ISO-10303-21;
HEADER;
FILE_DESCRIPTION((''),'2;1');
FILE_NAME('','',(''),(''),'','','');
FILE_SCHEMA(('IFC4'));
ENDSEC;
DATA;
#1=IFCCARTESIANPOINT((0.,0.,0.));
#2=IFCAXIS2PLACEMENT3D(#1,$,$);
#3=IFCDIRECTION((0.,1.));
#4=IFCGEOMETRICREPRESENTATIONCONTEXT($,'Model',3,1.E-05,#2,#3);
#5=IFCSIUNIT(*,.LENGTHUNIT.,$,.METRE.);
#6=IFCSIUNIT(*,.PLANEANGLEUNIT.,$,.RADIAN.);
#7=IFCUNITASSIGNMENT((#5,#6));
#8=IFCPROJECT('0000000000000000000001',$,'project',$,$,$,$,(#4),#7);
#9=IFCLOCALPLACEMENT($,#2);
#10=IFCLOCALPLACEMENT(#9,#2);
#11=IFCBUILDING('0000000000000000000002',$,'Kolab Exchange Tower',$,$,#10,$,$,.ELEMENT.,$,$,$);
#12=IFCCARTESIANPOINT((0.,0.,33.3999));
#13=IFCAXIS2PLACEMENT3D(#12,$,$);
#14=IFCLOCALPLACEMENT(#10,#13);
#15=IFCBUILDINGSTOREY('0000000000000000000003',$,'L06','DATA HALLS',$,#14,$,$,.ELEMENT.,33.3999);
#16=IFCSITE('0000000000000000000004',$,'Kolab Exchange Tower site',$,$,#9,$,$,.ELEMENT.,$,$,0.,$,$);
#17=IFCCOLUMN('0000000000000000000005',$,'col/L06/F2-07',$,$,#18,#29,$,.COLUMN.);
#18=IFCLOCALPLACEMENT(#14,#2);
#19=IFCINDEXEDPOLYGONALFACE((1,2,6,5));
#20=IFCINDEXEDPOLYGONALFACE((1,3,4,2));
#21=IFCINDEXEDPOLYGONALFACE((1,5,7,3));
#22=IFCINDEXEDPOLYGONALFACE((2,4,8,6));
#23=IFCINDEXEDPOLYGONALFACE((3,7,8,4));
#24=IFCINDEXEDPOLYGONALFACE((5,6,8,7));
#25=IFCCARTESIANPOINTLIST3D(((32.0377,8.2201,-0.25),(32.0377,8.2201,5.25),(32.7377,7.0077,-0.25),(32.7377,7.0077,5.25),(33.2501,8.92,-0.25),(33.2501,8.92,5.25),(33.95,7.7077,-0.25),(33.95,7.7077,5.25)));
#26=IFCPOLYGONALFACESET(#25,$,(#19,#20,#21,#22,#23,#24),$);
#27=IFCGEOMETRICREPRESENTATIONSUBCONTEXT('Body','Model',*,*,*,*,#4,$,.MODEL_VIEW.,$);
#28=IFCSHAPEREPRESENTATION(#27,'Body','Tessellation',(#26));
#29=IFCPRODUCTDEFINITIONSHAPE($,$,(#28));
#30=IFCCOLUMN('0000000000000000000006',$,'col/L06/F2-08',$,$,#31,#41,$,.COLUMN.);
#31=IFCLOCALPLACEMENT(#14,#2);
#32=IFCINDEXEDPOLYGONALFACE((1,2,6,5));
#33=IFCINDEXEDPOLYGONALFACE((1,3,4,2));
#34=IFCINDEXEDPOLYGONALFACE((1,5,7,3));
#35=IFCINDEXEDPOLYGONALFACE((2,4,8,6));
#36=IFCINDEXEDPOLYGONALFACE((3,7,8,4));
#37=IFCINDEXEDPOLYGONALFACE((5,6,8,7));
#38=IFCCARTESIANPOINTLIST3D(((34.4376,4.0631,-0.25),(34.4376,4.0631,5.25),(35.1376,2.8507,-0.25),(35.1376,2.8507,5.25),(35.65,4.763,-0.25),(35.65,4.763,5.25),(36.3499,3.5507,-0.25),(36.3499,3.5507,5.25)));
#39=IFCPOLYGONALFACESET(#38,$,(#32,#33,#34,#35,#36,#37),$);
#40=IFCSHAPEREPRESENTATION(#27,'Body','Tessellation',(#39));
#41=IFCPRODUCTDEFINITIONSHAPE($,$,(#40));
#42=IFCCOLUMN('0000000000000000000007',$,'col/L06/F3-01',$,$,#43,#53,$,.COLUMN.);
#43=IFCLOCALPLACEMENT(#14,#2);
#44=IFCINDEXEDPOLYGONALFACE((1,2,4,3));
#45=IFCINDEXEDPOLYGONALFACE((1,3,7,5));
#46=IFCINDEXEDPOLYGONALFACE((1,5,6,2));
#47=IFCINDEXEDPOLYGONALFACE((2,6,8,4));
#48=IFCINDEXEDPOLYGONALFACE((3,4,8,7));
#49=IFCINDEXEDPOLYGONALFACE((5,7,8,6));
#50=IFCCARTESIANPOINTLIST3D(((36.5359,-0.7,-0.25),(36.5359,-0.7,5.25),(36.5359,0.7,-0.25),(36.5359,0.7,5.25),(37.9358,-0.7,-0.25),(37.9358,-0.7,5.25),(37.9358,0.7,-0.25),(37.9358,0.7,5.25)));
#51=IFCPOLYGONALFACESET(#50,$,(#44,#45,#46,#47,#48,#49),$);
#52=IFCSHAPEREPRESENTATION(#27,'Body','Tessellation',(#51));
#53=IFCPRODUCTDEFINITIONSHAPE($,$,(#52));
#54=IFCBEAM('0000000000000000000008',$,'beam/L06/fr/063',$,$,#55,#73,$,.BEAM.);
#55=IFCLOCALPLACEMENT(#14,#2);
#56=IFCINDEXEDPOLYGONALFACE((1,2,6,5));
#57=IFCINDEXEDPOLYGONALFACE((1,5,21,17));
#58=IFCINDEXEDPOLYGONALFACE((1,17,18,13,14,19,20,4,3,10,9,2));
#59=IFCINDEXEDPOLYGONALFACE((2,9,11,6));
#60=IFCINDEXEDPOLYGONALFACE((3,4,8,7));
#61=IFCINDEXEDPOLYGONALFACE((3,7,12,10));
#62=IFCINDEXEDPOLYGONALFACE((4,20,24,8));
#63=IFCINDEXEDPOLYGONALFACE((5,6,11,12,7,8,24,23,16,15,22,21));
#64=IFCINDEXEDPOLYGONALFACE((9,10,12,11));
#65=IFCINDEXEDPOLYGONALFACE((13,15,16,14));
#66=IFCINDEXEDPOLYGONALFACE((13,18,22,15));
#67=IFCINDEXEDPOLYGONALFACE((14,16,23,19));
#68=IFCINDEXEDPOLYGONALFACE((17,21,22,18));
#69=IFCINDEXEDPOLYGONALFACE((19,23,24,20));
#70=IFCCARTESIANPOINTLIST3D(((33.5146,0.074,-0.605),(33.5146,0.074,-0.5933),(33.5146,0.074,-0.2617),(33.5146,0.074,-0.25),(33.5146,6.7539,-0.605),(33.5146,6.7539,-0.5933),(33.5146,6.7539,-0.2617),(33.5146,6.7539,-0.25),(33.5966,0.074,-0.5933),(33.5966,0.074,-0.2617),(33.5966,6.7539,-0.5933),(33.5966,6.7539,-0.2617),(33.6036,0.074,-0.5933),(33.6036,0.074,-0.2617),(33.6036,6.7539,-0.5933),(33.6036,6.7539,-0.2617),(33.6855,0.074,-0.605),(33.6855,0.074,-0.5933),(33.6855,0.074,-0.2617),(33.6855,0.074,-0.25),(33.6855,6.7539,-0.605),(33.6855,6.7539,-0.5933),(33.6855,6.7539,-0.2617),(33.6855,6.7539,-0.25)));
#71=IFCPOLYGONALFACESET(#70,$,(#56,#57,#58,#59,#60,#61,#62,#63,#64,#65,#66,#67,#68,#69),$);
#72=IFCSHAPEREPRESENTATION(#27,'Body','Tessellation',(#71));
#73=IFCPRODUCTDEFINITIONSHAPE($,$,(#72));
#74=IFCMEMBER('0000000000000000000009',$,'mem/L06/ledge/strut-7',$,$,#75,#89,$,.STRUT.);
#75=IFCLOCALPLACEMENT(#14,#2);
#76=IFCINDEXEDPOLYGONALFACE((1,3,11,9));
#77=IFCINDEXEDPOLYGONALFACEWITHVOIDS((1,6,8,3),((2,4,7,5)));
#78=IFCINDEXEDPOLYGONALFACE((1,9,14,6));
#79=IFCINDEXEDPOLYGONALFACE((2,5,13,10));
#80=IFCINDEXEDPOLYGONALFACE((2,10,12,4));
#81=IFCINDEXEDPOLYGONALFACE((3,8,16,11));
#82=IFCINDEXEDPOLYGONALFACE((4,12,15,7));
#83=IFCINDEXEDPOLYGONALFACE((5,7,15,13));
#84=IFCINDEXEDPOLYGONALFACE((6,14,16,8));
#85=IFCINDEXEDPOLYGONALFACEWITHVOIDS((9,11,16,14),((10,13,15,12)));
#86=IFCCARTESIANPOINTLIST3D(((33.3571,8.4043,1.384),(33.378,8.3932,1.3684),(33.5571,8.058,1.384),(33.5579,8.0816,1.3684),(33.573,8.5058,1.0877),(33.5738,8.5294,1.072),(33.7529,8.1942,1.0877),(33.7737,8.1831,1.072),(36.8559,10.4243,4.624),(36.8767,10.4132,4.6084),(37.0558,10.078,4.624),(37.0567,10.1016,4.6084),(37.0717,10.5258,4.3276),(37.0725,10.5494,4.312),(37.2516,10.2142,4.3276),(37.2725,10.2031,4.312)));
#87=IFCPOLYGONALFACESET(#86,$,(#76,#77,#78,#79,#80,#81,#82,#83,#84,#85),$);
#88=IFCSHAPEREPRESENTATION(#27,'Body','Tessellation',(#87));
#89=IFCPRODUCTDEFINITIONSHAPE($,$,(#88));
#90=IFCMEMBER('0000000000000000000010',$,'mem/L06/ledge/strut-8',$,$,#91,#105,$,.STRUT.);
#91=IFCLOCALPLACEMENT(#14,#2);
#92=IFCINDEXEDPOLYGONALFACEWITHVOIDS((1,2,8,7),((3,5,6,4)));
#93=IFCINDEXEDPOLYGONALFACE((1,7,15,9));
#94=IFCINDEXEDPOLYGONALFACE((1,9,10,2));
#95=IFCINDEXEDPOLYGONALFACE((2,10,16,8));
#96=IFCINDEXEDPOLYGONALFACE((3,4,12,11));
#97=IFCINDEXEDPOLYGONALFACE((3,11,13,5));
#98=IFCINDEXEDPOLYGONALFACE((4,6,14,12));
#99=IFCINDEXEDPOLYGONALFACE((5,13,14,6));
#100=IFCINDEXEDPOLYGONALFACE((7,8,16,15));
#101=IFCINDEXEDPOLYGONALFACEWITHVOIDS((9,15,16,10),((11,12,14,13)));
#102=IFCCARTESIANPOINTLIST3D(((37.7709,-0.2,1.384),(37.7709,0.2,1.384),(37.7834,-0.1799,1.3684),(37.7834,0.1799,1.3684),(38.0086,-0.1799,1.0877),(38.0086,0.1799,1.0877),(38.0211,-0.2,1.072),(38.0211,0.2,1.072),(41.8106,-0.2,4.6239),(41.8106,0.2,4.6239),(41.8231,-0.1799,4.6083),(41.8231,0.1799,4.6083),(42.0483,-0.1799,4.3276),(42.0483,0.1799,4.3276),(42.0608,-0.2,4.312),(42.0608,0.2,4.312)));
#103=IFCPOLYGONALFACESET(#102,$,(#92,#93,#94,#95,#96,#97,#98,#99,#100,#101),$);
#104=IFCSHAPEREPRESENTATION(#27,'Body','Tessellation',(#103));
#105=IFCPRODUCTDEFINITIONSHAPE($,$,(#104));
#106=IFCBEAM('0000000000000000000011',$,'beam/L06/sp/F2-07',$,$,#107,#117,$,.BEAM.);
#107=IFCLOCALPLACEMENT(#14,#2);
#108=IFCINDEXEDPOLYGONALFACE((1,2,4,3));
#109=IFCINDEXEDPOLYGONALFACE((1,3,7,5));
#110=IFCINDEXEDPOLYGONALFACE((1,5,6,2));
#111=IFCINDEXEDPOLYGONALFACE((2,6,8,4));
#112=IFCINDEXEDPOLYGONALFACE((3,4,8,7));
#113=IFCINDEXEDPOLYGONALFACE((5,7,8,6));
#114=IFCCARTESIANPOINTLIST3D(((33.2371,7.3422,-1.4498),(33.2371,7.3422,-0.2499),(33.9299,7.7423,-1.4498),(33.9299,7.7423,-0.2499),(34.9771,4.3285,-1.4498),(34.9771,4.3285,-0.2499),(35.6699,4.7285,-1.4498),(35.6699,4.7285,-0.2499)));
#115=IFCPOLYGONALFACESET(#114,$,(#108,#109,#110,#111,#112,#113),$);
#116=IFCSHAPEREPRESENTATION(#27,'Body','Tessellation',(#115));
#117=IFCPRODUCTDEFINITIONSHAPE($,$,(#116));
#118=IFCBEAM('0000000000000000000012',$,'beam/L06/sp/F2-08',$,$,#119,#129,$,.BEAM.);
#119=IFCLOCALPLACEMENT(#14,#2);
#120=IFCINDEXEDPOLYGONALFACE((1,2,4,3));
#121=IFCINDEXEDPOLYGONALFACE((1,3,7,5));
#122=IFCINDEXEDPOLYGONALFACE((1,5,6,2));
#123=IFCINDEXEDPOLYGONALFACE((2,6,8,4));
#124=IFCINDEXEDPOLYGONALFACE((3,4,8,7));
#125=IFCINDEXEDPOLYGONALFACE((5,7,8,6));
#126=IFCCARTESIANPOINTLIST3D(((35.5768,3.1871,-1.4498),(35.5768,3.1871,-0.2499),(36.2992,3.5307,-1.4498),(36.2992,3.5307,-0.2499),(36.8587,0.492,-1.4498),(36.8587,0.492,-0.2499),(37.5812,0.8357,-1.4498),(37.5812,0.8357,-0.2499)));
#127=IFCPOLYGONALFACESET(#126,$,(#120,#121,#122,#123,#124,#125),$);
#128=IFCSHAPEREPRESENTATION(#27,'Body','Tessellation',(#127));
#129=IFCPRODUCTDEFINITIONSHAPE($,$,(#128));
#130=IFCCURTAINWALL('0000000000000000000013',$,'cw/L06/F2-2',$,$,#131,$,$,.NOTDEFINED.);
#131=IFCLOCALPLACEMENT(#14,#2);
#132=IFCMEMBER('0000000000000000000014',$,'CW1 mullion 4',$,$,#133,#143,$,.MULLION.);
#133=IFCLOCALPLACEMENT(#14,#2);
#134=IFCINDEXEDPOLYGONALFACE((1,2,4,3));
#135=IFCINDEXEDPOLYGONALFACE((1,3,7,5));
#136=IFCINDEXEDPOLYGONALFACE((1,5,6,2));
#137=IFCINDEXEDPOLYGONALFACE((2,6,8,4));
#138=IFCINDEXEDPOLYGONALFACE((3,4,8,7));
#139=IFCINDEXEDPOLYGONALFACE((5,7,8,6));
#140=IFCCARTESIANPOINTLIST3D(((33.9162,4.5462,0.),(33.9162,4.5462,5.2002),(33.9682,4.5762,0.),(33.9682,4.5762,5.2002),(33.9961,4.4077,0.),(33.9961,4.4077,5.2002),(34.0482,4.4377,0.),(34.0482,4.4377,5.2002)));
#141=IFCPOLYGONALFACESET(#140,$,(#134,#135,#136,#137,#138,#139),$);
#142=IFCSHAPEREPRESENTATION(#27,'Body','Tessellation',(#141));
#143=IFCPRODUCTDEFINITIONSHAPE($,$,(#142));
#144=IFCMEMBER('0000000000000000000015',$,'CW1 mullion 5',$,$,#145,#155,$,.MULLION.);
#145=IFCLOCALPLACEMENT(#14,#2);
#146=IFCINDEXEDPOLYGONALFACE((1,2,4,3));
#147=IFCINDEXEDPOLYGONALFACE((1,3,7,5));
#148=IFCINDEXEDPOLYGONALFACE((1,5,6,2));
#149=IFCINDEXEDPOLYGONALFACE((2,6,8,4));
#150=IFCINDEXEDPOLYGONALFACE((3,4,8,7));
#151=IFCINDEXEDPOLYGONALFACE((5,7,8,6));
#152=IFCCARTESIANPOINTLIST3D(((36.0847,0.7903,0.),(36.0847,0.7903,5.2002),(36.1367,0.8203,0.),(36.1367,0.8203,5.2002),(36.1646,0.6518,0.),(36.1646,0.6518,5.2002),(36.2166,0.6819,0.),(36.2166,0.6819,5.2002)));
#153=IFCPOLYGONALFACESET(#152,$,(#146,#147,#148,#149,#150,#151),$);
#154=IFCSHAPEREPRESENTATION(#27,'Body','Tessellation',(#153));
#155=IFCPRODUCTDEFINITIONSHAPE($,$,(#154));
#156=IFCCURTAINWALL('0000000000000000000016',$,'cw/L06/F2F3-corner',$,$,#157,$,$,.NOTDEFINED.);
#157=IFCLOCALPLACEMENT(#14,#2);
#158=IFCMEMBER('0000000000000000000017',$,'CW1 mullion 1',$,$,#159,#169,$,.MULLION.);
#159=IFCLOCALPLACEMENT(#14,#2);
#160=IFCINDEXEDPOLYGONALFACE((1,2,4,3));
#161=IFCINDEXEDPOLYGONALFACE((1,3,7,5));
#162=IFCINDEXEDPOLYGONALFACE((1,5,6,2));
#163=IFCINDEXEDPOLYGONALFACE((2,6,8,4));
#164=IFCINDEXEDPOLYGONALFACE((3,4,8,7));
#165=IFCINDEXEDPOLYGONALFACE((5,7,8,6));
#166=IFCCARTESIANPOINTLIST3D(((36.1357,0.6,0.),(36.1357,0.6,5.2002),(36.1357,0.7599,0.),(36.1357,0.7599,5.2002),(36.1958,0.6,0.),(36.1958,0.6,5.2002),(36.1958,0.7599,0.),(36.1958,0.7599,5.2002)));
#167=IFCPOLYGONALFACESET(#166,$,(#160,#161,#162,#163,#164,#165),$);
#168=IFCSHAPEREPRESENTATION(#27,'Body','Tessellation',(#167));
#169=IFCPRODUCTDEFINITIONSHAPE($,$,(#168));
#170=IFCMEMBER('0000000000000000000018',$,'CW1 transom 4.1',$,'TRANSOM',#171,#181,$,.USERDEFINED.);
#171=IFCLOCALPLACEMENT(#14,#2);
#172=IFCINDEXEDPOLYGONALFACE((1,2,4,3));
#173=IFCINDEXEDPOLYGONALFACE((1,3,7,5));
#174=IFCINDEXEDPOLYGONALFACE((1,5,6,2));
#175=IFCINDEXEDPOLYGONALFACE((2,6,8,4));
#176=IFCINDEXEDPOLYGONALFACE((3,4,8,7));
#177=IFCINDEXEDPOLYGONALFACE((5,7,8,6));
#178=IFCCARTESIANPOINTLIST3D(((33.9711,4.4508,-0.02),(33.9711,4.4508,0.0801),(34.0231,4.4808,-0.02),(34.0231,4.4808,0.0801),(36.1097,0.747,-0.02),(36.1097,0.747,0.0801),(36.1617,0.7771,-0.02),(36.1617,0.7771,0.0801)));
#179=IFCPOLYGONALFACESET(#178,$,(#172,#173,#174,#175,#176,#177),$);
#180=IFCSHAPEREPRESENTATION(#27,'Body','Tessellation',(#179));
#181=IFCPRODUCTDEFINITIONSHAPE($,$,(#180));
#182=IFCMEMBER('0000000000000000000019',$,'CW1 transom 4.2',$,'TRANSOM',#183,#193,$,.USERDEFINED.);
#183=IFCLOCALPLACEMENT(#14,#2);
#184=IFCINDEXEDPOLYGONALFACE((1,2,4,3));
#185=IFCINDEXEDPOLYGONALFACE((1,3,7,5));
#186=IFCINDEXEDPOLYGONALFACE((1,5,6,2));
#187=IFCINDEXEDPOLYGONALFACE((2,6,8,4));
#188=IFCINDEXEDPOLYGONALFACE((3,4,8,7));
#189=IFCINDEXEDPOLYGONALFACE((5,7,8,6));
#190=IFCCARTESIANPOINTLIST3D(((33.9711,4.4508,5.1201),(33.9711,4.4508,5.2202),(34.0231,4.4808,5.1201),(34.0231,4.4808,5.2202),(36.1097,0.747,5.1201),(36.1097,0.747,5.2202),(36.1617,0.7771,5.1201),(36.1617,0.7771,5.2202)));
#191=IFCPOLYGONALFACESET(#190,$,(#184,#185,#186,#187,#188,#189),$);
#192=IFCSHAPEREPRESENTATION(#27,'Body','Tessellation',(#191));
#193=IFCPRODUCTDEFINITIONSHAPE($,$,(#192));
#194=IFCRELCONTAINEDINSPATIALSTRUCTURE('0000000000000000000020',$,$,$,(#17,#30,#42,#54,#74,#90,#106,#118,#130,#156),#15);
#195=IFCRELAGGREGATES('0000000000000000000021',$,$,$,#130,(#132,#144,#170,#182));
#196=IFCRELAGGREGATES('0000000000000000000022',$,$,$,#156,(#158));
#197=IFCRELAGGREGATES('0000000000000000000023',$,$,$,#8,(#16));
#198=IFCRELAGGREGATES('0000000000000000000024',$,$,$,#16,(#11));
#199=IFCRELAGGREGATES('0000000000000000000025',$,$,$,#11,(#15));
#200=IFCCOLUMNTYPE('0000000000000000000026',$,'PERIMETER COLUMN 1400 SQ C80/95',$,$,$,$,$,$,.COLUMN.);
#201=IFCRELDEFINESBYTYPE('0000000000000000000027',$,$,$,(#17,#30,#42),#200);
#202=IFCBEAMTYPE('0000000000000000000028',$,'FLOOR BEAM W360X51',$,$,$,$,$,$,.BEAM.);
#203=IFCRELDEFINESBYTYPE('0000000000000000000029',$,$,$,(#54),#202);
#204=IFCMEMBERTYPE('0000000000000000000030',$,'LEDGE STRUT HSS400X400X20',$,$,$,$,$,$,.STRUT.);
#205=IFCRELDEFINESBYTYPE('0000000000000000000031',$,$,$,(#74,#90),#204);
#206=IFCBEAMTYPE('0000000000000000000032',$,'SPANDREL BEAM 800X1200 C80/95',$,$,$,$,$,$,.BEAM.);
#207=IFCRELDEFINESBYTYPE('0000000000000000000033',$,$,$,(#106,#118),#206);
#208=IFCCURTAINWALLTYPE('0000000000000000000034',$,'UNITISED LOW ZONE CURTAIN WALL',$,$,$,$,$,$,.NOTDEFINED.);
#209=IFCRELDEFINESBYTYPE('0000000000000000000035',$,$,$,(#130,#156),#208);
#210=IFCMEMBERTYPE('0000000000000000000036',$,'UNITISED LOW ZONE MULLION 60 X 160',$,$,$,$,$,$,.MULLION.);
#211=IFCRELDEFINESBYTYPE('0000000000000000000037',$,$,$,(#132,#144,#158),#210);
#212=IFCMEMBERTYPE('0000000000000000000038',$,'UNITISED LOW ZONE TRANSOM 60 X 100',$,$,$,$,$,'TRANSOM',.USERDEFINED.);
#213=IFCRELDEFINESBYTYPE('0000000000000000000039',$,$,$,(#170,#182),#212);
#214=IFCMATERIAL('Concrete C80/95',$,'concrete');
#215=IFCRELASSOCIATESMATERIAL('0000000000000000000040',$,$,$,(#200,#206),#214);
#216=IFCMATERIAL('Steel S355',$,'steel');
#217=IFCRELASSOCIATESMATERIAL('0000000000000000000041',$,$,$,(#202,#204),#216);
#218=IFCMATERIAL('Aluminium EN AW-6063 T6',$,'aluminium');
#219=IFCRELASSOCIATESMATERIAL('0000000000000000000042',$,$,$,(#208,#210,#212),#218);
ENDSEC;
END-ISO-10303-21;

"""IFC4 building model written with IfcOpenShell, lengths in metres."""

from ifc_helpers import new_model, si_unit, direction, frame, origin, origin_2d, place, context, subcontext, project, spatial, rectangle, hollow_rectangle, i_section, extrude, material, material_profile, profile_set, type_object, element, aggregate, save


model = new_model("IFC4")

# Units and contexts
model_context = context("Model", 3, precision=1e-05, world=origin(), true_north=direction((0.0, 1.0)))
body_context = subcontext(model_context, "Body", "Model", "MODEL_VIEW")
ifc_project = project(units=[si_unit("LENGTHUNIT", "METRE"), si_unit("PLANEANGLEUNIT", "RADIAN")], contexts=[model_context])

# Site, building, storey
site_placement = place(None, origin())
site = spatial("IfcSite", under=ifc_project, at=site_placement, Name="Kolab Exchange Tower site", CompositionType="ELEMENT", RefElevation=0.0)
building_placement = place(site_placement, origin())
building = spatial("IfcBuilding", under=site, at=building_placement, Name="Kolab Exchange Tower", CompositionType="ELEMENT")
storey_placement = place(building_placement, frame((0.0, 0.0, 33.3999)))
storey = spatial("IfcBuildingStorey", under=building, at=storey_placement, Name="L06", Description="DATA HALLS", CompositionType="ELEMENT", Elevation=33.3999)

# Columns
ifc_material_1 = material(Name="Concrete C80/95", Category="concrete")
ifc_material_profile_1 = material_profile(ifc_material_1, rectangle(XDim=1.3999, YDim=1.3999, at=origin_2d()), Name="RC1400")
ifc_profile_set_1 = profile_set([ifc_material_profile_1], Name="Concrete C80/95")
column_type = type_object("IfcColumnType", Name="PERIMETER COLUMN 1400 SQ C80/95", PredefinedType="COLUMN", material=ifc_profile_set_1)
for number, where, z_axis, x_axis, name in (
    (1, (32.9939, 7.9639, -0.25), (0.0, 0.0, 1.0), (0.866025, 0.5, 0.0), "col/L06/F2-07"),
    (2, (35.3938, 3.8069, -0.25), (0.0, 0.0, 1.0), (0.866025, 0.5, 0.0), "col/L06/F2-08"),
    (3, (37.2358, 0.0, -0.25), (0.0, 0.0, 1.0), (1.0, 0.0, 0.0), "col/L06/F3-01"),
):
    element("IfcColumn", number, at=place(storey_placement, frame(where, z_axis=z_axis, x_axis=x_axis)), inside=storey, type_object=column_type, Name=name, PredefinedType="COLUMN", context=body_context, shape_type="SweptSolid", body=[
        extrude(rectangle(XDim=1.3999, YDim=1.3999, at=origin_2d()), origin(), (0.0, 0.0, 1.0), 5.5),
    ])

# Beam
ifc_material_2 = material(Name="Steel S355", Category="steel")
ifc_material_profile_2 = material_profile(ifc_material_2, i_section(OverallWidth=0.1709, OverallDepth=0.355, WebThickness=0.0071, FlangeThickness=0.0117, at=origin_2d()), Name="W360X51")
ifc_profile_set_2 = profile_set([ifc_material_profile_2], Name="Steel S355")
beam_type_1 = type_object("IfcBeamType", Name="FLOOR BEAM W360X51", PredefinedType="BEAM", material=ifc_profile_set_2)
beam_1_placement = place(storey_placement, frame((33.6001, 0.074, -0.4275), z_axis=(0.0, 1.0, 0.0), x_axis=(-1.0, 0.0, 0.0)))
element("IfcBeam", 4, at=beam_1_placement, inside=storey, type_object=beam_type_1, Name="beam/L06/fr/063", PredefinedType="BEAM", context=body_context, shape_type="SweptSolid", body=[
    extrude(i_section(OverallWidth=0.1709, OverallDepth=0.355, WebThickness=0.0071, FlangeThickness=0.0117, at=origin_2d()), origin(), (0.0, 0.0, 1.0), 6.6799),
])

# Members
ifc_material_profile_3 = material_profile(ifc_material_2, hollow_rectangle(XDim=0.3999, YDim=0.3999, WallThickness=0.02, at=origin_2d()), Name="HSS400X400X20")
ifc_profile_set_3 = profile_set([ifc_material_profile_3], Name="Steel S355")
member_type_1 = type_object("IfcMemberType", Name="LEDGE STRUT HSS400X400X20", PredefinedType="STRUT", material=ifc_profile_set_3)
member_1_placement = place(storey_placement, frame((33.5654, 8.2937, 1.228), z_axis=(0.675603, 0.390059, 0.625631), x_axis=(-0.5, 0.866026, 0.0)))
element("IfcMember", 5, at=member_1_placement, inside=storey, type_object=member_type_1, Name="mem/L06/ledge/strut-7", PredefinedType="STRUT", context=body_context, shape_type="SweptSolid", body=[
    extrude(hollow_rectangle(XDim=0.3999, YDim=0.3999, WallThickness=0.02, at=origin_2d()), origin(), (0.0, 0.0, 1.0), 5.1787),
])
member_2_placement = place(storey_placement, frame((37.896, 0.0, 1.228), z_axis=(0.7801, 0.0, 0.625655), x_axis=(0.0, 1.0, 0.0)))
element("IfcMember", 6, at=member_2_placement, inside=storey, type_object=member_type_1, Name="mem/L06/ledge/strut-8", PredefinedType="STRUT", context=body_context, shape_type="SweptSolid", body=[
    extrude(hollow_rectangle(XDim=0.3999, YDim=0.3999, WallThickness=0.02, at=origin_2d()), origin(), (0.0, 0.0, 1.0), 5.1785),
])

# Beams
ifc_material_profile_4 = material_profile(ifc_material_1, rectangle(XDim=0.8, YDim=1.2, at=origin_2d()), Name="RC800X1200")
ifc_profile_set_4 = profile_set([ifc_material_profile_4], Name="Concrete C80/95")
beam_type_2 = type_object("IfcBeamType", Name="SPANDREL BEAM 800X1200 C80/95", PredefinedType="BEAM", material=ifc_profile_set_4)
beam_2_placement = place(storey_placement, frame((33.5835, 7.5422, -0.8499), z_axis=(0.50001, -0.86602, 0.0), x_axis=(0.86602, 0.50001, 0.0)))
element("IfcBeam", 7, at=beam_2_placement, inside=storey, type_object=beam_type_2, Name="beam/L06/sp/F2-07", PredefinedType="BEAM", context=body_context, shape_type="SweptSolid", body=[
    extrude(rectangle(XDim=0.8, YDim=1.2, at=origin_2d()), origin(), (0.0, 0.0, 1.0), 3.48),
])
beam_3_placement = place(storey_placement, frame((35.938, 3.3589, -0.8499), z_axis=(0.429556, -0.90304, 0.0), x_axis=(0.90304, 0.429556, 0.0)))
element("IfcBeam", 8, at=beam_3_placement, inside=storey, type_object=beam_type_2, Name="beam/L06/sp/F2-08", PredefinedType="BEAM", context=body_context, shape_type="SweptSolid", body=[
    extrude(rectangle(XDim=0.8, YDim=1.2, at=origin_2d()), origin(), (0.0, 0.0, 1.0), 2.9844),
])

# Curtain wall, members
ifc_material_3 = material(Name="Aluminium EN AW-6063 T6", Category="aluminium")
curtain_wall_type = type_object("IfcCurtainWallType", Name="UNITISED LOW ZONE CURTAIN WALL", PredefinedType="NOTDEFINED", material=ifc_material_3)
curtain_wall_1_placement = place(storey_placement, origin())
curtain_wall_1 = element("IfcCurtainWall", 9, at=curtain_wall_1_placement, inside=storey, type_object=curtain_wall_type, Name="cw/L06/F2-2", PredefinedType="NOTDEFINED")
ifc_material_profile_5 = material_profile(ifc_material_3, rectangle(XDim=0.0601, YDim=0.1599, at=origin_2d()), Name="RECT 60X160")
ifc_profile_set_5 = profile_set([ifc_material_profile_5], Name="Aluminium EN AW-6063 T6")
member_type_2 = type_object("IfcMemberType", Name="UNITISED LOW ZONE MULLION 60 X 160", PredefinedType="MULLION", material=ifc_profile_set_5)
member_3_placement = place(storey_placement, frame((33.9822, 4.4919, 0.0), z_axis=(0.0, 0.0, 1.0), x_axis=(0.866025, 0.5, 0.0)))
member_3 = element("IfcMember", 10, at=member_3_placement, type_object=member_type_2, Name="CW1 mullion 4", PredefinedType="MULLION", context=body_context, shape_type="SweptSolid", body=[
    extrude(rectangle(XDim=0.0601, YDim=0.1599, at=origin_2d()), origin(), (0.0, 0.0, 1.0), 5.2002),
])
member_4_placement = place(storey_placement, frame((36.1506, 0.7361, 0.0), z_axis=(0.0, 0.0, 1.0), x_axis=(0.866025, 0.5, 0.0)))
member_4 = element("IfcMember", 11, at=member_4_placement, type_object=member_type_2, Name="CW1 mullion 5", PredefinedType="MULLION", context=body_context, shape_type="SweptSolid", body=[
    extrude(rectangle(XDim=0.0601, YDim=0.1599, at=origin_2d()), origin(), (0.0, 0.0, 1.0), 5.2002),
])

# Curtain wall, member
curtain_wall_2_placement = place(storey_placement, origin())
curtain_wall_2 = element("IfcCurtainWall", 12, at=curtain_wall_2_placement, inside=storey, type_object=curtain_wall_type, Name="cw/L06/F2F3-corner", PredefinedType="NOTDEFINED")
member_5_placement = place(storey_placement, frame((36.1658, 0.6799, 0.0), z_axis=(0.0, 0.0, 1.0), x_axis=(1.0, 0.0, 0.0)))
member_5 = element("IfcMember", 13, at=member_5_placement, type_object=member_type_2, Name="CW1 mullion 1", PredefinedType="MULLION", context=body_context, shape_type="SweptSolid", body=[
    extrude(rectangle(XDim=0.0601, YDim=0.1599, at=origin_2d()), origin(), (0.0, 0.0, 1.0), 5.2002),
])

# Members
ifc_material_profile_6 = material_profile(ifc_material_3, rectangle(XDim=0.0601, YDim=0.1001, at=origin_2d()), Name="RECT 60X100")
ifc_profile_set_6 = profile_set([ifc_material_profile_6], Name="Aluminium EN AW-6063 T6")
member_type_3 = type_object("IfcMemberType", Name="UNITISED LOW ZONE TRANSOM 60 X 100", ElementType="TRANSOM", PredefinedType="USERDEFINED", material=ifc_profile_set_6)
member_6_placement = place(storey_placement, frame((33.9971, 4.4658, 0.03), z_axis=(0.500044, -0.866, 0.0), x_axis=(0.866, 0.500044, 0.0)))
member_6 = element("IfcMember", 14, at=member_6_placement, type_object=member_type_3, Name="CW1 transom 4.1", ObjectType="TRANSOM", PredefinedType="USERDEFINED", context=body_context, shape_type="SweptSolid", body=[
    extrude(rectangle(XDim=0.0601, YDim=0.1001, at=origin_2d()), origin(), (0.0, 0.0, 1.0), 4.2769),
])
member_7_placement = place(storey_placement, frame((33.9971, 4.4658, 5.1702), z_axis=(0.500044, -0.866, 0.0), x_axis=(0.866, 0.500044, 0.0)))
member_7 = element("IfcMember", 15, at=member_7_placement, type_object=member_type_3, Name="CW1 transom 4.2", ObjectType="TRANSOM", PredefinedType="USERDEFINED", context=body_context, shape_type="SweptSolid", body=[
    extrude(rectangle(XDim=0.0601, YDim=0.1001, at=origin_2d()), origin(), (0.0, 0.0, 1.0), 4.2769),
])

aggregate(curtain_wall_1, [member_3, member_4, member_6, member_7])
aggregate(curtain_wall_2, [member_5])

save(model, "model.ifc")
